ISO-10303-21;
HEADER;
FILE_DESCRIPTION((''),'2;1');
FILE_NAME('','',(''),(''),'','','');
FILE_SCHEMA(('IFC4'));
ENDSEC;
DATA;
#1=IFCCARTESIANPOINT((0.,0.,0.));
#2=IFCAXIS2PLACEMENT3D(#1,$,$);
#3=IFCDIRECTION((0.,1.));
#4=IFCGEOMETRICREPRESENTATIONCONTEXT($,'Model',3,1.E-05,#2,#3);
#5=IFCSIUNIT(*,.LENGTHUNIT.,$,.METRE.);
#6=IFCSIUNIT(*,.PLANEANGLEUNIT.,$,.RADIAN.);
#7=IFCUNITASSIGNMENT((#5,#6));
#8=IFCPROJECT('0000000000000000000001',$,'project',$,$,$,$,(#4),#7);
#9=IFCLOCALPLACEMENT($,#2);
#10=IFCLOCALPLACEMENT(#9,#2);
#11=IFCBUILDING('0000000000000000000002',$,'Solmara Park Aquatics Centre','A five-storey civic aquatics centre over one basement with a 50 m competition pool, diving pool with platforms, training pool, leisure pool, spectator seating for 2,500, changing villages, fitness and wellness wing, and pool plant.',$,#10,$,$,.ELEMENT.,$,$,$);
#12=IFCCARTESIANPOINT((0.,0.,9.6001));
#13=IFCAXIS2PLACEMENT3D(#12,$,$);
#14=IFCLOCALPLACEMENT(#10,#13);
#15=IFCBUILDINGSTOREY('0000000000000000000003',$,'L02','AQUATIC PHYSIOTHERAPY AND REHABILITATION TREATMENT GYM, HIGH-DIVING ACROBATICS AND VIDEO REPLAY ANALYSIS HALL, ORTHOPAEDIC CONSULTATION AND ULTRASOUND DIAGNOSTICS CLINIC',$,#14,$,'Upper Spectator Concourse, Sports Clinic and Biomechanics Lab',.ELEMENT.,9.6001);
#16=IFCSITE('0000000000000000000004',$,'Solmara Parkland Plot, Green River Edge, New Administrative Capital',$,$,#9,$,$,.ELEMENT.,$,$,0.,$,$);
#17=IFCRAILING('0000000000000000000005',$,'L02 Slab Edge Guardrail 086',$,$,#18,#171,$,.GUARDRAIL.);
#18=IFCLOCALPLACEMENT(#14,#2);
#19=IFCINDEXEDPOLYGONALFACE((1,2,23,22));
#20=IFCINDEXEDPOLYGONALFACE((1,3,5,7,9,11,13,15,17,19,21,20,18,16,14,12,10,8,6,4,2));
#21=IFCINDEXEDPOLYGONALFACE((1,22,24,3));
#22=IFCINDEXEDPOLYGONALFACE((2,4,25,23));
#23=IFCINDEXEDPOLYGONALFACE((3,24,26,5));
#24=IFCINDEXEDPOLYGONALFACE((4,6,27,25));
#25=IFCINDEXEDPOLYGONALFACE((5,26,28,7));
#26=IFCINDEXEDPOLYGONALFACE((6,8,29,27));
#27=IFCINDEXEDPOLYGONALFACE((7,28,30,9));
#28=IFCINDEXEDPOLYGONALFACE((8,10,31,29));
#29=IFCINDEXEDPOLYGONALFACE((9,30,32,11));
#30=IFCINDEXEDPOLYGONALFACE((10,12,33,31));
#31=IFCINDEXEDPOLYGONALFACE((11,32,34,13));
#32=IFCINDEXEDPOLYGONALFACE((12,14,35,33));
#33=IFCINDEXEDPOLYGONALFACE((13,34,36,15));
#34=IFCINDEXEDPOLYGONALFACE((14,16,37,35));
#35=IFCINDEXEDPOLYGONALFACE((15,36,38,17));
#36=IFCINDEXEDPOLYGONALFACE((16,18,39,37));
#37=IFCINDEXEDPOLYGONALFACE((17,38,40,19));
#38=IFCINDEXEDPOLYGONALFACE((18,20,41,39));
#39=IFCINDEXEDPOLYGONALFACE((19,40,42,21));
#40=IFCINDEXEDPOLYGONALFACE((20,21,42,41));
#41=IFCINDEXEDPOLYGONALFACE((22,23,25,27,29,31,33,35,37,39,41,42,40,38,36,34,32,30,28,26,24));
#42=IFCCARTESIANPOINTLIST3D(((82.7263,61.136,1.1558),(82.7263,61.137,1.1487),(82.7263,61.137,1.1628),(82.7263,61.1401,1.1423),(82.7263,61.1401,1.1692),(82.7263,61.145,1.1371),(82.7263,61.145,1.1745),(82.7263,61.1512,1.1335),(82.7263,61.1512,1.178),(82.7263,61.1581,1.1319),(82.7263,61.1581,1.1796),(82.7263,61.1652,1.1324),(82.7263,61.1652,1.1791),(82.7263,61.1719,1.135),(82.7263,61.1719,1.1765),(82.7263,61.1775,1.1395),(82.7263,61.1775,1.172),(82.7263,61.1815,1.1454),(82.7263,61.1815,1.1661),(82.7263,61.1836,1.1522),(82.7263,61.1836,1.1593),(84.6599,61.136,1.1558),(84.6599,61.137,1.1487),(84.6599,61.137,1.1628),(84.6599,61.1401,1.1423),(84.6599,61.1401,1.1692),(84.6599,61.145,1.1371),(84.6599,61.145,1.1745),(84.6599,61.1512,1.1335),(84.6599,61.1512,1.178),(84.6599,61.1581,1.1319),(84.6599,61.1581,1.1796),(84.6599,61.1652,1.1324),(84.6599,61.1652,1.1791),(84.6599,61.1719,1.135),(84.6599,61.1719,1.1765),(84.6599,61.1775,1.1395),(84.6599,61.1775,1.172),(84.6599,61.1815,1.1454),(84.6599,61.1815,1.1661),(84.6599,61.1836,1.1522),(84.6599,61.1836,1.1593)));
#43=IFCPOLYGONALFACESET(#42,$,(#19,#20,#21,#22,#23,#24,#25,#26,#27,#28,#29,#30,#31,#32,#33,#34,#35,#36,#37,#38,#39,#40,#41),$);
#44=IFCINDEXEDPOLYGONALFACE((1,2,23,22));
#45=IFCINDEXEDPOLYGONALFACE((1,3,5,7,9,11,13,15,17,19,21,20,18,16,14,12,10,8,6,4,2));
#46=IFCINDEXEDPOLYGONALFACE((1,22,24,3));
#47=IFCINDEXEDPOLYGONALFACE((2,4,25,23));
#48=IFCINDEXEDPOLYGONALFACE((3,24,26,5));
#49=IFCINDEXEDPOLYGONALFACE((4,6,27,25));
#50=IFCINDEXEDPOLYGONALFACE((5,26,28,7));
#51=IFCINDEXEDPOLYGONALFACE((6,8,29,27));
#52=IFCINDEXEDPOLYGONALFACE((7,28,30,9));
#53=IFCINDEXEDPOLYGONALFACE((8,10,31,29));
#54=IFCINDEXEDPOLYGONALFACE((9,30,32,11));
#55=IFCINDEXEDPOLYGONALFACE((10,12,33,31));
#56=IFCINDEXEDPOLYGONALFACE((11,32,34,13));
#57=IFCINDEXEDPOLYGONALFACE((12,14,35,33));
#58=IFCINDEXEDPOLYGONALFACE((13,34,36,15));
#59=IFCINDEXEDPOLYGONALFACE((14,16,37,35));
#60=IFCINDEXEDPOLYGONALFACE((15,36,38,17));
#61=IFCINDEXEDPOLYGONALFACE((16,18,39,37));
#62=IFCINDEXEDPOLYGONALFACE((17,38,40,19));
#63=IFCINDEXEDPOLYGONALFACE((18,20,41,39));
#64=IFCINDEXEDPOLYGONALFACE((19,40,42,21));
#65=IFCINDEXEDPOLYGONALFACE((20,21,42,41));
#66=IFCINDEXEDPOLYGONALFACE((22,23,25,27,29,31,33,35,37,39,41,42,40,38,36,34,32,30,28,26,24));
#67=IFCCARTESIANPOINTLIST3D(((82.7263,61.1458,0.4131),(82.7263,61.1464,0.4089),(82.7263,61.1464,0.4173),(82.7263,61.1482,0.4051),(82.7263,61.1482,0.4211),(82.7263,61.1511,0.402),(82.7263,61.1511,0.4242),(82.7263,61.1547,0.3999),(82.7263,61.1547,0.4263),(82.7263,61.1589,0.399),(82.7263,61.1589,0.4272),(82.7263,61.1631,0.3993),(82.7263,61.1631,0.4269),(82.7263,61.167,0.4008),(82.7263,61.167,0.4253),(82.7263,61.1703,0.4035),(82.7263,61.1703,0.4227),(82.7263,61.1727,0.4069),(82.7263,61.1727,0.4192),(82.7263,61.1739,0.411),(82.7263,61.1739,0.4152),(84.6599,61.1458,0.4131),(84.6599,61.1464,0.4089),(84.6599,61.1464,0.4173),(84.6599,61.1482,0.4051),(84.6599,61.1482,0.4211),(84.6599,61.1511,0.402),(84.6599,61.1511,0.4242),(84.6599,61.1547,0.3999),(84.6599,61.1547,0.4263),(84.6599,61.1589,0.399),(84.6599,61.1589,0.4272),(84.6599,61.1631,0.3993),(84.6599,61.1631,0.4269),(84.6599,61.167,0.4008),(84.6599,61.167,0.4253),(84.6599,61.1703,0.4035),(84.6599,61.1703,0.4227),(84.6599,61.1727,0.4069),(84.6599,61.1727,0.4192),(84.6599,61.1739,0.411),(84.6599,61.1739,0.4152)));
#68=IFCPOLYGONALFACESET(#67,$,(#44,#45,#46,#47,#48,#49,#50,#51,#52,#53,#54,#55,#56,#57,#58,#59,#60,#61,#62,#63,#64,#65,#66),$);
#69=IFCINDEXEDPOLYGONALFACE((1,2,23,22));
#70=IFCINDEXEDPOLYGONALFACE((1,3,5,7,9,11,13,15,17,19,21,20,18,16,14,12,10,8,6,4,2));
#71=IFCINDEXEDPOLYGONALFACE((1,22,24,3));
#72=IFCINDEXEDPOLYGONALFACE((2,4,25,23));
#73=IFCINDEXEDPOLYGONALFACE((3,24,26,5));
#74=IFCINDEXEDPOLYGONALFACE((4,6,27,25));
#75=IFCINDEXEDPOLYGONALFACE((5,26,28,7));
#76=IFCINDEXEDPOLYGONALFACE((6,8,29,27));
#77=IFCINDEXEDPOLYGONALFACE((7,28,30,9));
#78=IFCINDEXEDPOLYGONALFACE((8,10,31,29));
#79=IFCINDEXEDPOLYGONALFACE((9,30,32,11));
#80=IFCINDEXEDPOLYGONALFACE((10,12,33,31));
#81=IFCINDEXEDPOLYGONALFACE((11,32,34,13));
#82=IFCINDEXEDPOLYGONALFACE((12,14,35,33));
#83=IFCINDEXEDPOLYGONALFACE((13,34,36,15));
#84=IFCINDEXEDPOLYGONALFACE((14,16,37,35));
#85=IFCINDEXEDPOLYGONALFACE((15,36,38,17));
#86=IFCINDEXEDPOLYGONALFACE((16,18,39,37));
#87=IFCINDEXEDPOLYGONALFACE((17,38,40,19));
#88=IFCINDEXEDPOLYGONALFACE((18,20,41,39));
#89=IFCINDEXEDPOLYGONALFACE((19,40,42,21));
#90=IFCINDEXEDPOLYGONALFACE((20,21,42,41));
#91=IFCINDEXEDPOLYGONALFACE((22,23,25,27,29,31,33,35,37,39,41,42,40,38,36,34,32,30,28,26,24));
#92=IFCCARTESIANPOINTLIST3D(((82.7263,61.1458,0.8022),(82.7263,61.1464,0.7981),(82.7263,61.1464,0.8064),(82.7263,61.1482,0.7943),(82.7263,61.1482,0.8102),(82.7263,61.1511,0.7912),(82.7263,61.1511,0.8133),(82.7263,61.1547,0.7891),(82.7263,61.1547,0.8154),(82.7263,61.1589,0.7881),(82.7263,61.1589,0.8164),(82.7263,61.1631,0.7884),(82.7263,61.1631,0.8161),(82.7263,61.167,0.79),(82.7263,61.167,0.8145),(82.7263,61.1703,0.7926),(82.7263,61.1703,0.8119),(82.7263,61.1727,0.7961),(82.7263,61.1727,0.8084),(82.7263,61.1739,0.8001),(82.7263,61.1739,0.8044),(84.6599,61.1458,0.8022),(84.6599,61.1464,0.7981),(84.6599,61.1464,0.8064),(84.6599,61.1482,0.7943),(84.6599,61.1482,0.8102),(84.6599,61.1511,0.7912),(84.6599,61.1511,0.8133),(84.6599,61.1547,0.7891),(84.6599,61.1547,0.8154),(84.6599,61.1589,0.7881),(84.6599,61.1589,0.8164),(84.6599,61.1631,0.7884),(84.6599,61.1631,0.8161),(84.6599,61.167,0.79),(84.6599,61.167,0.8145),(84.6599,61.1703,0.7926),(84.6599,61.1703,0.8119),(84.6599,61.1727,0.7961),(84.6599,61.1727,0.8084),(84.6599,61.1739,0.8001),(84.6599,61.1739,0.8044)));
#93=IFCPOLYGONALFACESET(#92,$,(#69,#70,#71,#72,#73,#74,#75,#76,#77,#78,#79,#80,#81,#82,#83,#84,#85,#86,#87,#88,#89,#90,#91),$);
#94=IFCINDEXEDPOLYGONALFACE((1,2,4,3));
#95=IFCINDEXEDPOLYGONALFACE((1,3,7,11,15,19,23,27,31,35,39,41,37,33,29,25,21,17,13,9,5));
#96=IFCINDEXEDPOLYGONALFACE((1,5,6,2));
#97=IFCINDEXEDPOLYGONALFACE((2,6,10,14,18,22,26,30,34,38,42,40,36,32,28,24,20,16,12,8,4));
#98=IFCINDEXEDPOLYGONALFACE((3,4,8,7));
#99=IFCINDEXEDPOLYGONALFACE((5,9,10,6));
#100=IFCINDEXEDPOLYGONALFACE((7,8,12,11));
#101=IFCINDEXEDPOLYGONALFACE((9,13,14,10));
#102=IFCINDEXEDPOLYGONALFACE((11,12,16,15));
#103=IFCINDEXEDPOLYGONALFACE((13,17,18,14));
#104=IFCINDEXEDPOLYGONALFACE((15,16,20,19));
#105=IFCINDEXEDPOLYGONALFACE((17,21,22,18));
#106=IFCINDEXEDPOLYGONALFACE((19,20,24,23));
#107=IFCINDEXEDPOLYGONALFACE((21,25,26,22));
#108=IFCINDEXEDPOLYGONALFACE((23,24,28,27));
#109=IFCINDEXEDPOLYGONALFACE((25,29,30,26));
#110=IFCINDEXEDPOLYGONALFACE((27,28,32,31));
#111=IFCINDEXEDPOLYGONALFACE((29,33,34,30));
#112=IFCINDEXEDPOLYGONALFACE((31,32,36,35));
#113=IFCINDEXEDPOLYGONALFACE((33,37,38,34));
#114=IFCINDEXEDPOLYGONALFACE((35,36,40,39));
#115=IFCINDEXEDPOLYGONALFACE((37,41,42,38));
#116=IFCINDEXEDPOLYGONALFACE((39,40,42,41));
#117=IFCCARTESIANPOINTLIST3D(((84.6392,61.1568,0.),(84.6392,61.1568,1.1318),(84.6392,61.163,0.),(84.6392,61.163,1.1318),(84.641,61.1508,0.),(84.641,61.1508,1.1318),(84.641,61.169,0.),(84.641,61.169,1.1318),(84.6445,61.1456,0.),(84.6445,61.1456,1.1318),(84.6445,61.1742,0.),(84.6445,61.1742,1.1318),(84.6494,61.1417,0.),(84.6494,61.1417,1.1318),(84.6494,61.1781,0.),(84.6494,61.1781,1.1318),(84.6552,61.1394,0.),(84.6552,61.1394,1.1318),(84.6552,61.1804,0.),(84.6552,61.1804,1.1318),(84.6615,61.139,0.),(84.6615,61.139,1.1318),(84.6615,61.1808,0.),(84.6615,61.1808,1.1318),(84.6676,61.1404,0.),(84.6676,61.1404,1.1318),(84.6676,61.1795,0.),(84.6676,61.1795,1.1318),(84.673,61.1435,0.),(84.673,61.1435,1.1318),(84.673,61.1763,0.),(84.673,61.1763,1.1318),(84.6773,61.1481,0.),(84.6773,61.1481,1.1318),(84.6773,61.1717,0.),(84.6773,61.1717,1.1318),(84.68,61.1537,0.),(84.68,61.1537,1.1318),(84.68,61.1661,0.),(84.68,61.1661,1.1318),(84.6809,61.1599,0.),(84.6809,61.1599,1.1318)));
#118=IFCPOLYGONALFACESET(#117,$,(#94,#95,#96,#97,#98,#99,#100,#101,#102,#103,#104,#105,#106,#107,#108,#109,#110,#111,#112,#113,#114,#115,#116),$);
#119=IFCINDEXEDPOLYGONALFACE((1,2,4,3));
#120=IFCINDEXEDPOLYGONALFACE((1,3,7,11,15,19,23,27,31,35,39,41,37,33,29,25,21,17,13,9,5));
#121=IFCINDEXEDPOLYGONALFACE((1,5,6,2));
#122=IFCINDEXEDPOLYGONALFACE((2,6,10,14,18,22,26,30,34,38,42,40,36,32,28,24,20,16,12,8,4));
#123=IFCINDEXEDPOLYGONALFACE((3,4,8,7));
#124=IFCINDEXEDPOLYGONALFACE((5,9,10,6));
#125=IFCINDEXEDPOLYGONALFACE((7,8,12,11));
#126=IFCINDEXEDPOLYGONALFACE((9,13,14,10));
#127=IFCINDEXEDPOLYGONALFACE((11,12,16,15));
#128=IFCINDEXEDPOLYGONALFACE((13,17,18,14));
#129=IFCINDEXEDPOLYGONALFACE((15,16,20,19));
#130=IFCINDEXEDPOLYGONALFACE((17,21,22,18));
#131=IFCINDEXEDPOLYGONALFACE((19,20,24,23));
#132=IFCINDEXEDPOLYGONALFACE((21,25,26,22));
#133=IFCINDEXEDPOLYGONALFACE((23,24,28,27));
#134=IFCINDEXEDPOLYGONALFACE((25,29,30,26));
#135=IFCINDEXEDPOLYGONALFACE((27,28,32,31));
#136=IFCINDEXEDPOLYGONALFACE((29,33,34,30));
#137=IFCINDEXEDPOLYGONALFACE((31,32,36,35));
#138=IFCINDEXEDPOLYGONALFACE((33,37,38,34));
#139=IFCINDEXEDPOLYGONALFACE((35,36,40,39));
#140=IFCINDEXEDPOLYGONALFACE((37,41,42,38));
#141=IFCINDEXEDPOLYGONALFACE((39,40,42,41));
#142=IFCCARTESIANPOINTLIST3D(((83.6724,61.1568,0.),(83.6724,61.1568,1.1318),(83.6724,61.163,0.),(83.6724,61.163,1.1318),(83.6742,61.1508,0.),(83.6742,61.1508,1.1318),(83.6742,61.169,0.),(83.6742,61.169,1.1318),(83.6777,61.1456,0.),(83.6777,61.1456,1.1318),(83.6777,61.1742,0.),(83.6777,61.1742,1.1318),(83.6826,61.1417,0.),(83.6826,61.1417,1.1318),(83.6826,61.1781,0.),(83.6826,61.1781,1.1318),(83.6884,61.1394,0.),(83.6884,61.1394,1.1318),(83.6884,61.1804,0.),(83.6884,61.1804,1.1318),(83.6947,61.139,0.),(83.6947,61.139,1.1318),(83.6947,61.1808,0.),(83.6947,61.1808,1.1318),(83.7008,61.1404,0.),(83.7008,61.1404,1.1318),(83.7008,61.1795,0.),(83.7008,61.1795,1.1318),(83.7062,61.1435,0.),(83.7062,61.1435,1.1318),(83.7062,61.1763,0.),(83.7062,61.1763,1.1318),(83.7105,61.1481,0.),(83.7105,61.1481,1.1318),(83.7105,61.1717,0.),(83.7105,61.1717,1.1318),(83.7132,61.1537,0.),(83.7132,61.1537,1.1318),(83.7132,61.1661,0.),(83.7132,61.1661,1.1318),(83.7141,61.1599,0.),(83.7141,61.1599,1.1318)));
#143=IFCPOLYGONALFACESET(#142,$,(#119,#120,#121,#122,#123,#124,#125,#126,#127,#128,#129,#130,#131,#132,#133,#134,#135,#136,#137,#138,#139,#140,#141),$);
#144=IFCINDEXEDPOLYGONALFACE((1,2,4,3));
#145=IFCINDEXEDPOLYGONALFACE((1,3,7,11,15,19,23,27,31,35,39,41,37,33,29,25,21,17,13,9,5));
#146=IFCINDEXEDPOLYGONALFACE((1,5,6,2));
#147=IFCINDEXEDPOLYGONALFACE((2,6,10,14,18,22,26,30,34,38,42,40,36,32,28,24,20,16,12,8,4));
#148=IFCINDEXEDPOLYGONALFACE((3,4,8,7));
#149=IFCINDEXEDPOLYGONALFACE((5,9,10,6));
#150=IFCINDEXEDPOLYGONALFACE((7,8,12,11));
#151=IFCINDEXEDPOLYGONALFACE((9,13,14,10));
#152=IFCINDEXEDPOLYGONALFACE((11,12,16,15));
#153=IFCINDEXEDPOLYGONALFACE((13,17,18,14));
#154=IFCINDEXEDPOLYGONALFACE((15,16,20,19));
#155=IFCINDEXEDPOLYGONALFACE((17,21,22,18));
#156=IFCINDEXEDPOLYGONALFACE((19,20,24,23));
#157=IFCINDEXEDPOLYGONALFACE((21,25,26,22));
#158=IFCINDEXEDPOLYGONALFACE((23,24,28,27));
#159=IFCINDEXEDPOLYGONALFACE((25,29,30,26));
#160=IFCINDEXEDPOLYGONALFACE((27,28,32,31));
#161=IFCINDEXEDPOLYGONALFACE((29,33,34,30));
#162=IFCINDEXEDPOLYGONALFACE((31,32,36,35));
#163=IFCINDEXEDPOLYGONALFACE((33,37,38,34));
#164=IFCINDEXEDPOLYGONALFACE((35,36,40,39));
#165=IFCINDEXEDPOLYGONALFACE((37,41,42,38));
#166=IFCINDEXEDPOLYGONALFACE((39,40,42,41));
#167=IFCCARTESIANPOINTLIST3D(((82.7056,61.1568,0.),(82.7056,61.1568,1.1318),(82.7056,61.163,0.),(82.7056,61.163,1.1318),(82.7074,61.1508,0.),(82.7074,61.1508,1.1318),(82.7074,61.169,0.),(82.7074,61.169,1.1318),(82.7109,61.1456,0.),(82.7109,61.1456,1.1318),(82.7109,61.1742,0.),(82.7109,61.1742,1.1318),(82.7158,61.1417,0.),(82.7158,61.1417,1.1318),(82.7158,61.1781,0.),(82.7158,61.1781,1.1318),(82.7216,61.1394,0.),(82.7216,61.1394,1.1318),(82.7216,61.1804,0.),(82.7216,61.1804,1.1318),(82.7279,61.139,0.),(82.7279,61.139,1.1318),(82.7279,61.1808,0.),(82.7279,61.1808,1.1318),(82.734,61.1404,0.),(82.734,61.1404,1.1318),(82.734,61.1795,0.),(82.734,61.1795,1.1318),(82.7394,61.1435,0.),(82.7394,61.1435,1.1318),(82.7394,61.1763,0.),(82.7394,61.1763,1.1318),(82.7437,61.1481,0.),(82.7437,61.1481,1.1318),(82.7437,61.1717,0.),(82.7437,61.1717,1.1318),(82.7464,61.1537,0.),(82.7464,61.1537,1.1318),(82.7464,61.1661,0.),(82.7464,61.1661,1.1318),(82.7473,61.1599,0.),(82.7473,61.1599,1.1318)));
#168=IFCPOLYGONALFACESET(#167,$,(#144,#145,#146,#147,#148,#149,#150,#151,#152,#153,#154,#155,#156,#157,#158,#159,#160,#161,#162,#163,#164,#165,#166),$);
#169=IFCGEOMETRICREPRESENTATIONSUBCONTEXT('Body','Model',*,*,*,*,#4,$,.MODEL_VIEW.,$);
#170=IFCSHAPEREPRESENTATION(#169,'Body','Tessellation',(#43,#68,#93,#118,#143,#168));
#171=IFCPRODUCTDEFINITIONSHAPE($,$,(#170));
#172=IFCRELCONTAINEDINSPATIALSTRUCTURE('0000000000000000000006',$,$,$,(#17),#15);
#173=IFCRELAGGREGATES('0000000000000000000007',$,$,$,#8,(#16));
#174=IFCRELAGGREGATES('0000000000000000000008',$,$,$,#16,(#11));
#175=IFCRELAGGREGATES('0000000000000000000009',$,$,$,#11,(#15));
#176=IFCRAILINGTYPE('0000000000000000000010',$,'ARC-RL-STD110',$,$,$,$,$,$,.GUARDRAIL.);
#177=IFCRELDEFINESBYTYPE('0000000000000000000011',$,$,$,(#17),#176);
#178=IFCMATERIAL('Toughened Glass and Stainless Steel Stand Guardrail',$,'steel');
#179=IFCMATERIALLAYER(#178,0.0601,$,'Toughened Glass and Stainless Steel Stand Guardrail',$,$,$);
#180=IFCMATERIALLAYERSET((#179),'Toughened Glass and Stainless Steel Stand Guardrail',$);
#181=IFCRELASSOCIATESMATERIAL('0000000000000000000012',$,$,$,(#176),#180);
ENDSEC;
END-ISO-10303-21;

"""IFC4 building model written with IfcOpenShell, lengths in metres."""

from ifc_helpers import new_model, si_unit, direction, frame, origin, origin_2d, place, context, subcontext, project, spatial, circle, extrude, material, layer, layer_set, type_object, element, save


model = new_model("IFC4")

# Units and contexts
model_context = context("Model", 3, precision=1e-05, world=origin(), true_north=direction((0.0, 1.0)))
body_context = subcontext(model_context, "Body", "Model", "MODEL_VIEW")
ifc_project = project(units=[si_unit("LENGTHUNIT", "METRE"), si_unit("PLANEANGLEUNIT", "RADIAN")], contexts=[model_context])

# Site, building, storey
site_placement = place(None, origin())
site = spatial("IfcSite", under=ifc_project, at=site_placement, Name="Solmara Parkland Plot, Green River Edge, New Administrative Capital", CompositionType="ELEMENT", RefElevation=0.0)
building_placement = place(site_placement, origin())
building = spatial("IfcBuilding", under=site, at=building_placement, Name="Solmara Park Aquatics Centre", Description="A five-storey civic aquatics centre over one basement with a 50 m competition pool, diving pool with platforms, training pool, leisure pool, spectator seating for 2,500, changing villages, fitness and wellness wing, and pool plant.", CompositionType="ELEMENT")
storey_placement = place(building_placement, frame((0.0, 0.0, 9.6001)))
storey = spatial("IfcBuildingStorey", under=building, at=storey_placement, Name="L02", Description="AQUATIC PHYSIOTHERAPY AND REHABILITATION TREATMENT GYM, HIGH-DIVING ACROBATICS AND VIDEO REPLAY ANALYSIS HALL, ORTHOPAEDIC CONSULTATION AND ULTRASOUND DIAGNOSTICS CLINIC", LongName="Upper Spectator Concourse, Sports Clinic and Biomechanics Lab", CompositionType="ELEMENT", Elevation=9.6001)

# Railing
ifc_material_1 = material(Name="Toughened Glass and Stainless Steel Stand Guardrail", Category="steel")
ifc_layer_1 = layer(ifc_material_1, 0.0601, Name="Toughened Glass and Stainless Steel Stand Guardrail")
ifc_layer_set_1 = layer_set([ifc_layer_1], Name="Toughened Glass and Stainless Steel Stand Guardrail")
railing_type = type_object("IfcRailingType", Name="ARC-RL-STD110", PredefinedType="GUARDRAIL", material=ifc_layer_set_1)
railing_1_placement = place(storey_placement, frame((84.6599, 61.1599, 0.0)))
element("IfcRailing", 1, at=railing_1_placement, inside=storey, type_object=railing_type, Name="L02 Slab Edge Guardrail 086", PredefinedType="GUARDRAIL", context=body_context, shape_type="SweptSolid", body=[
    extrude(circle(Radius=0.0239, at=origin_2d()), frame((0.0, 0.0, 1.1558), z_axis=(-1.0, 0.0, 0.0), x_axis=(0.0, -1.0, 0.0)), (0.0, 0.0, 1.0), 1.9336),
    extrude(circle(Radius=0.0142, at=origin_2d()), frame((0.0, 0.0, 0.4131), z_axis=(-1.0, 0.0, 0.0), x_axis=(0.0, -1.0, 0.0)), (0.0, 0.0, 1.0), 1.9336),
    extrude(circle(Radius=0.0142, at=origin_2d()), frame((0.0, 0.0, 0.8022), z_axis=(-1.0, 0.0, 0.0), x_axis=(0.0, -1.0, 0.0)), (0.0, 0.0, 1.0), 1.9336),
    extrude(circle(Radius=0.021, at=origin_2d()), origin(), (0.0, 0.0, 1.0), 1.1318),
    extrude(circle(Radius=0.021, at=origin_2d()), frame((-0.9668, 0.0, 0.0)), (0.0, 0.0, 1.0), 1.1318),
    extrude(circle(Radius=0.021, at=origin_2d()), frame((-1.9336, 0.0, 0.0)), (0.0, 0.0, 1.0), 1.1318),
])

save(model, "model.ifc")
